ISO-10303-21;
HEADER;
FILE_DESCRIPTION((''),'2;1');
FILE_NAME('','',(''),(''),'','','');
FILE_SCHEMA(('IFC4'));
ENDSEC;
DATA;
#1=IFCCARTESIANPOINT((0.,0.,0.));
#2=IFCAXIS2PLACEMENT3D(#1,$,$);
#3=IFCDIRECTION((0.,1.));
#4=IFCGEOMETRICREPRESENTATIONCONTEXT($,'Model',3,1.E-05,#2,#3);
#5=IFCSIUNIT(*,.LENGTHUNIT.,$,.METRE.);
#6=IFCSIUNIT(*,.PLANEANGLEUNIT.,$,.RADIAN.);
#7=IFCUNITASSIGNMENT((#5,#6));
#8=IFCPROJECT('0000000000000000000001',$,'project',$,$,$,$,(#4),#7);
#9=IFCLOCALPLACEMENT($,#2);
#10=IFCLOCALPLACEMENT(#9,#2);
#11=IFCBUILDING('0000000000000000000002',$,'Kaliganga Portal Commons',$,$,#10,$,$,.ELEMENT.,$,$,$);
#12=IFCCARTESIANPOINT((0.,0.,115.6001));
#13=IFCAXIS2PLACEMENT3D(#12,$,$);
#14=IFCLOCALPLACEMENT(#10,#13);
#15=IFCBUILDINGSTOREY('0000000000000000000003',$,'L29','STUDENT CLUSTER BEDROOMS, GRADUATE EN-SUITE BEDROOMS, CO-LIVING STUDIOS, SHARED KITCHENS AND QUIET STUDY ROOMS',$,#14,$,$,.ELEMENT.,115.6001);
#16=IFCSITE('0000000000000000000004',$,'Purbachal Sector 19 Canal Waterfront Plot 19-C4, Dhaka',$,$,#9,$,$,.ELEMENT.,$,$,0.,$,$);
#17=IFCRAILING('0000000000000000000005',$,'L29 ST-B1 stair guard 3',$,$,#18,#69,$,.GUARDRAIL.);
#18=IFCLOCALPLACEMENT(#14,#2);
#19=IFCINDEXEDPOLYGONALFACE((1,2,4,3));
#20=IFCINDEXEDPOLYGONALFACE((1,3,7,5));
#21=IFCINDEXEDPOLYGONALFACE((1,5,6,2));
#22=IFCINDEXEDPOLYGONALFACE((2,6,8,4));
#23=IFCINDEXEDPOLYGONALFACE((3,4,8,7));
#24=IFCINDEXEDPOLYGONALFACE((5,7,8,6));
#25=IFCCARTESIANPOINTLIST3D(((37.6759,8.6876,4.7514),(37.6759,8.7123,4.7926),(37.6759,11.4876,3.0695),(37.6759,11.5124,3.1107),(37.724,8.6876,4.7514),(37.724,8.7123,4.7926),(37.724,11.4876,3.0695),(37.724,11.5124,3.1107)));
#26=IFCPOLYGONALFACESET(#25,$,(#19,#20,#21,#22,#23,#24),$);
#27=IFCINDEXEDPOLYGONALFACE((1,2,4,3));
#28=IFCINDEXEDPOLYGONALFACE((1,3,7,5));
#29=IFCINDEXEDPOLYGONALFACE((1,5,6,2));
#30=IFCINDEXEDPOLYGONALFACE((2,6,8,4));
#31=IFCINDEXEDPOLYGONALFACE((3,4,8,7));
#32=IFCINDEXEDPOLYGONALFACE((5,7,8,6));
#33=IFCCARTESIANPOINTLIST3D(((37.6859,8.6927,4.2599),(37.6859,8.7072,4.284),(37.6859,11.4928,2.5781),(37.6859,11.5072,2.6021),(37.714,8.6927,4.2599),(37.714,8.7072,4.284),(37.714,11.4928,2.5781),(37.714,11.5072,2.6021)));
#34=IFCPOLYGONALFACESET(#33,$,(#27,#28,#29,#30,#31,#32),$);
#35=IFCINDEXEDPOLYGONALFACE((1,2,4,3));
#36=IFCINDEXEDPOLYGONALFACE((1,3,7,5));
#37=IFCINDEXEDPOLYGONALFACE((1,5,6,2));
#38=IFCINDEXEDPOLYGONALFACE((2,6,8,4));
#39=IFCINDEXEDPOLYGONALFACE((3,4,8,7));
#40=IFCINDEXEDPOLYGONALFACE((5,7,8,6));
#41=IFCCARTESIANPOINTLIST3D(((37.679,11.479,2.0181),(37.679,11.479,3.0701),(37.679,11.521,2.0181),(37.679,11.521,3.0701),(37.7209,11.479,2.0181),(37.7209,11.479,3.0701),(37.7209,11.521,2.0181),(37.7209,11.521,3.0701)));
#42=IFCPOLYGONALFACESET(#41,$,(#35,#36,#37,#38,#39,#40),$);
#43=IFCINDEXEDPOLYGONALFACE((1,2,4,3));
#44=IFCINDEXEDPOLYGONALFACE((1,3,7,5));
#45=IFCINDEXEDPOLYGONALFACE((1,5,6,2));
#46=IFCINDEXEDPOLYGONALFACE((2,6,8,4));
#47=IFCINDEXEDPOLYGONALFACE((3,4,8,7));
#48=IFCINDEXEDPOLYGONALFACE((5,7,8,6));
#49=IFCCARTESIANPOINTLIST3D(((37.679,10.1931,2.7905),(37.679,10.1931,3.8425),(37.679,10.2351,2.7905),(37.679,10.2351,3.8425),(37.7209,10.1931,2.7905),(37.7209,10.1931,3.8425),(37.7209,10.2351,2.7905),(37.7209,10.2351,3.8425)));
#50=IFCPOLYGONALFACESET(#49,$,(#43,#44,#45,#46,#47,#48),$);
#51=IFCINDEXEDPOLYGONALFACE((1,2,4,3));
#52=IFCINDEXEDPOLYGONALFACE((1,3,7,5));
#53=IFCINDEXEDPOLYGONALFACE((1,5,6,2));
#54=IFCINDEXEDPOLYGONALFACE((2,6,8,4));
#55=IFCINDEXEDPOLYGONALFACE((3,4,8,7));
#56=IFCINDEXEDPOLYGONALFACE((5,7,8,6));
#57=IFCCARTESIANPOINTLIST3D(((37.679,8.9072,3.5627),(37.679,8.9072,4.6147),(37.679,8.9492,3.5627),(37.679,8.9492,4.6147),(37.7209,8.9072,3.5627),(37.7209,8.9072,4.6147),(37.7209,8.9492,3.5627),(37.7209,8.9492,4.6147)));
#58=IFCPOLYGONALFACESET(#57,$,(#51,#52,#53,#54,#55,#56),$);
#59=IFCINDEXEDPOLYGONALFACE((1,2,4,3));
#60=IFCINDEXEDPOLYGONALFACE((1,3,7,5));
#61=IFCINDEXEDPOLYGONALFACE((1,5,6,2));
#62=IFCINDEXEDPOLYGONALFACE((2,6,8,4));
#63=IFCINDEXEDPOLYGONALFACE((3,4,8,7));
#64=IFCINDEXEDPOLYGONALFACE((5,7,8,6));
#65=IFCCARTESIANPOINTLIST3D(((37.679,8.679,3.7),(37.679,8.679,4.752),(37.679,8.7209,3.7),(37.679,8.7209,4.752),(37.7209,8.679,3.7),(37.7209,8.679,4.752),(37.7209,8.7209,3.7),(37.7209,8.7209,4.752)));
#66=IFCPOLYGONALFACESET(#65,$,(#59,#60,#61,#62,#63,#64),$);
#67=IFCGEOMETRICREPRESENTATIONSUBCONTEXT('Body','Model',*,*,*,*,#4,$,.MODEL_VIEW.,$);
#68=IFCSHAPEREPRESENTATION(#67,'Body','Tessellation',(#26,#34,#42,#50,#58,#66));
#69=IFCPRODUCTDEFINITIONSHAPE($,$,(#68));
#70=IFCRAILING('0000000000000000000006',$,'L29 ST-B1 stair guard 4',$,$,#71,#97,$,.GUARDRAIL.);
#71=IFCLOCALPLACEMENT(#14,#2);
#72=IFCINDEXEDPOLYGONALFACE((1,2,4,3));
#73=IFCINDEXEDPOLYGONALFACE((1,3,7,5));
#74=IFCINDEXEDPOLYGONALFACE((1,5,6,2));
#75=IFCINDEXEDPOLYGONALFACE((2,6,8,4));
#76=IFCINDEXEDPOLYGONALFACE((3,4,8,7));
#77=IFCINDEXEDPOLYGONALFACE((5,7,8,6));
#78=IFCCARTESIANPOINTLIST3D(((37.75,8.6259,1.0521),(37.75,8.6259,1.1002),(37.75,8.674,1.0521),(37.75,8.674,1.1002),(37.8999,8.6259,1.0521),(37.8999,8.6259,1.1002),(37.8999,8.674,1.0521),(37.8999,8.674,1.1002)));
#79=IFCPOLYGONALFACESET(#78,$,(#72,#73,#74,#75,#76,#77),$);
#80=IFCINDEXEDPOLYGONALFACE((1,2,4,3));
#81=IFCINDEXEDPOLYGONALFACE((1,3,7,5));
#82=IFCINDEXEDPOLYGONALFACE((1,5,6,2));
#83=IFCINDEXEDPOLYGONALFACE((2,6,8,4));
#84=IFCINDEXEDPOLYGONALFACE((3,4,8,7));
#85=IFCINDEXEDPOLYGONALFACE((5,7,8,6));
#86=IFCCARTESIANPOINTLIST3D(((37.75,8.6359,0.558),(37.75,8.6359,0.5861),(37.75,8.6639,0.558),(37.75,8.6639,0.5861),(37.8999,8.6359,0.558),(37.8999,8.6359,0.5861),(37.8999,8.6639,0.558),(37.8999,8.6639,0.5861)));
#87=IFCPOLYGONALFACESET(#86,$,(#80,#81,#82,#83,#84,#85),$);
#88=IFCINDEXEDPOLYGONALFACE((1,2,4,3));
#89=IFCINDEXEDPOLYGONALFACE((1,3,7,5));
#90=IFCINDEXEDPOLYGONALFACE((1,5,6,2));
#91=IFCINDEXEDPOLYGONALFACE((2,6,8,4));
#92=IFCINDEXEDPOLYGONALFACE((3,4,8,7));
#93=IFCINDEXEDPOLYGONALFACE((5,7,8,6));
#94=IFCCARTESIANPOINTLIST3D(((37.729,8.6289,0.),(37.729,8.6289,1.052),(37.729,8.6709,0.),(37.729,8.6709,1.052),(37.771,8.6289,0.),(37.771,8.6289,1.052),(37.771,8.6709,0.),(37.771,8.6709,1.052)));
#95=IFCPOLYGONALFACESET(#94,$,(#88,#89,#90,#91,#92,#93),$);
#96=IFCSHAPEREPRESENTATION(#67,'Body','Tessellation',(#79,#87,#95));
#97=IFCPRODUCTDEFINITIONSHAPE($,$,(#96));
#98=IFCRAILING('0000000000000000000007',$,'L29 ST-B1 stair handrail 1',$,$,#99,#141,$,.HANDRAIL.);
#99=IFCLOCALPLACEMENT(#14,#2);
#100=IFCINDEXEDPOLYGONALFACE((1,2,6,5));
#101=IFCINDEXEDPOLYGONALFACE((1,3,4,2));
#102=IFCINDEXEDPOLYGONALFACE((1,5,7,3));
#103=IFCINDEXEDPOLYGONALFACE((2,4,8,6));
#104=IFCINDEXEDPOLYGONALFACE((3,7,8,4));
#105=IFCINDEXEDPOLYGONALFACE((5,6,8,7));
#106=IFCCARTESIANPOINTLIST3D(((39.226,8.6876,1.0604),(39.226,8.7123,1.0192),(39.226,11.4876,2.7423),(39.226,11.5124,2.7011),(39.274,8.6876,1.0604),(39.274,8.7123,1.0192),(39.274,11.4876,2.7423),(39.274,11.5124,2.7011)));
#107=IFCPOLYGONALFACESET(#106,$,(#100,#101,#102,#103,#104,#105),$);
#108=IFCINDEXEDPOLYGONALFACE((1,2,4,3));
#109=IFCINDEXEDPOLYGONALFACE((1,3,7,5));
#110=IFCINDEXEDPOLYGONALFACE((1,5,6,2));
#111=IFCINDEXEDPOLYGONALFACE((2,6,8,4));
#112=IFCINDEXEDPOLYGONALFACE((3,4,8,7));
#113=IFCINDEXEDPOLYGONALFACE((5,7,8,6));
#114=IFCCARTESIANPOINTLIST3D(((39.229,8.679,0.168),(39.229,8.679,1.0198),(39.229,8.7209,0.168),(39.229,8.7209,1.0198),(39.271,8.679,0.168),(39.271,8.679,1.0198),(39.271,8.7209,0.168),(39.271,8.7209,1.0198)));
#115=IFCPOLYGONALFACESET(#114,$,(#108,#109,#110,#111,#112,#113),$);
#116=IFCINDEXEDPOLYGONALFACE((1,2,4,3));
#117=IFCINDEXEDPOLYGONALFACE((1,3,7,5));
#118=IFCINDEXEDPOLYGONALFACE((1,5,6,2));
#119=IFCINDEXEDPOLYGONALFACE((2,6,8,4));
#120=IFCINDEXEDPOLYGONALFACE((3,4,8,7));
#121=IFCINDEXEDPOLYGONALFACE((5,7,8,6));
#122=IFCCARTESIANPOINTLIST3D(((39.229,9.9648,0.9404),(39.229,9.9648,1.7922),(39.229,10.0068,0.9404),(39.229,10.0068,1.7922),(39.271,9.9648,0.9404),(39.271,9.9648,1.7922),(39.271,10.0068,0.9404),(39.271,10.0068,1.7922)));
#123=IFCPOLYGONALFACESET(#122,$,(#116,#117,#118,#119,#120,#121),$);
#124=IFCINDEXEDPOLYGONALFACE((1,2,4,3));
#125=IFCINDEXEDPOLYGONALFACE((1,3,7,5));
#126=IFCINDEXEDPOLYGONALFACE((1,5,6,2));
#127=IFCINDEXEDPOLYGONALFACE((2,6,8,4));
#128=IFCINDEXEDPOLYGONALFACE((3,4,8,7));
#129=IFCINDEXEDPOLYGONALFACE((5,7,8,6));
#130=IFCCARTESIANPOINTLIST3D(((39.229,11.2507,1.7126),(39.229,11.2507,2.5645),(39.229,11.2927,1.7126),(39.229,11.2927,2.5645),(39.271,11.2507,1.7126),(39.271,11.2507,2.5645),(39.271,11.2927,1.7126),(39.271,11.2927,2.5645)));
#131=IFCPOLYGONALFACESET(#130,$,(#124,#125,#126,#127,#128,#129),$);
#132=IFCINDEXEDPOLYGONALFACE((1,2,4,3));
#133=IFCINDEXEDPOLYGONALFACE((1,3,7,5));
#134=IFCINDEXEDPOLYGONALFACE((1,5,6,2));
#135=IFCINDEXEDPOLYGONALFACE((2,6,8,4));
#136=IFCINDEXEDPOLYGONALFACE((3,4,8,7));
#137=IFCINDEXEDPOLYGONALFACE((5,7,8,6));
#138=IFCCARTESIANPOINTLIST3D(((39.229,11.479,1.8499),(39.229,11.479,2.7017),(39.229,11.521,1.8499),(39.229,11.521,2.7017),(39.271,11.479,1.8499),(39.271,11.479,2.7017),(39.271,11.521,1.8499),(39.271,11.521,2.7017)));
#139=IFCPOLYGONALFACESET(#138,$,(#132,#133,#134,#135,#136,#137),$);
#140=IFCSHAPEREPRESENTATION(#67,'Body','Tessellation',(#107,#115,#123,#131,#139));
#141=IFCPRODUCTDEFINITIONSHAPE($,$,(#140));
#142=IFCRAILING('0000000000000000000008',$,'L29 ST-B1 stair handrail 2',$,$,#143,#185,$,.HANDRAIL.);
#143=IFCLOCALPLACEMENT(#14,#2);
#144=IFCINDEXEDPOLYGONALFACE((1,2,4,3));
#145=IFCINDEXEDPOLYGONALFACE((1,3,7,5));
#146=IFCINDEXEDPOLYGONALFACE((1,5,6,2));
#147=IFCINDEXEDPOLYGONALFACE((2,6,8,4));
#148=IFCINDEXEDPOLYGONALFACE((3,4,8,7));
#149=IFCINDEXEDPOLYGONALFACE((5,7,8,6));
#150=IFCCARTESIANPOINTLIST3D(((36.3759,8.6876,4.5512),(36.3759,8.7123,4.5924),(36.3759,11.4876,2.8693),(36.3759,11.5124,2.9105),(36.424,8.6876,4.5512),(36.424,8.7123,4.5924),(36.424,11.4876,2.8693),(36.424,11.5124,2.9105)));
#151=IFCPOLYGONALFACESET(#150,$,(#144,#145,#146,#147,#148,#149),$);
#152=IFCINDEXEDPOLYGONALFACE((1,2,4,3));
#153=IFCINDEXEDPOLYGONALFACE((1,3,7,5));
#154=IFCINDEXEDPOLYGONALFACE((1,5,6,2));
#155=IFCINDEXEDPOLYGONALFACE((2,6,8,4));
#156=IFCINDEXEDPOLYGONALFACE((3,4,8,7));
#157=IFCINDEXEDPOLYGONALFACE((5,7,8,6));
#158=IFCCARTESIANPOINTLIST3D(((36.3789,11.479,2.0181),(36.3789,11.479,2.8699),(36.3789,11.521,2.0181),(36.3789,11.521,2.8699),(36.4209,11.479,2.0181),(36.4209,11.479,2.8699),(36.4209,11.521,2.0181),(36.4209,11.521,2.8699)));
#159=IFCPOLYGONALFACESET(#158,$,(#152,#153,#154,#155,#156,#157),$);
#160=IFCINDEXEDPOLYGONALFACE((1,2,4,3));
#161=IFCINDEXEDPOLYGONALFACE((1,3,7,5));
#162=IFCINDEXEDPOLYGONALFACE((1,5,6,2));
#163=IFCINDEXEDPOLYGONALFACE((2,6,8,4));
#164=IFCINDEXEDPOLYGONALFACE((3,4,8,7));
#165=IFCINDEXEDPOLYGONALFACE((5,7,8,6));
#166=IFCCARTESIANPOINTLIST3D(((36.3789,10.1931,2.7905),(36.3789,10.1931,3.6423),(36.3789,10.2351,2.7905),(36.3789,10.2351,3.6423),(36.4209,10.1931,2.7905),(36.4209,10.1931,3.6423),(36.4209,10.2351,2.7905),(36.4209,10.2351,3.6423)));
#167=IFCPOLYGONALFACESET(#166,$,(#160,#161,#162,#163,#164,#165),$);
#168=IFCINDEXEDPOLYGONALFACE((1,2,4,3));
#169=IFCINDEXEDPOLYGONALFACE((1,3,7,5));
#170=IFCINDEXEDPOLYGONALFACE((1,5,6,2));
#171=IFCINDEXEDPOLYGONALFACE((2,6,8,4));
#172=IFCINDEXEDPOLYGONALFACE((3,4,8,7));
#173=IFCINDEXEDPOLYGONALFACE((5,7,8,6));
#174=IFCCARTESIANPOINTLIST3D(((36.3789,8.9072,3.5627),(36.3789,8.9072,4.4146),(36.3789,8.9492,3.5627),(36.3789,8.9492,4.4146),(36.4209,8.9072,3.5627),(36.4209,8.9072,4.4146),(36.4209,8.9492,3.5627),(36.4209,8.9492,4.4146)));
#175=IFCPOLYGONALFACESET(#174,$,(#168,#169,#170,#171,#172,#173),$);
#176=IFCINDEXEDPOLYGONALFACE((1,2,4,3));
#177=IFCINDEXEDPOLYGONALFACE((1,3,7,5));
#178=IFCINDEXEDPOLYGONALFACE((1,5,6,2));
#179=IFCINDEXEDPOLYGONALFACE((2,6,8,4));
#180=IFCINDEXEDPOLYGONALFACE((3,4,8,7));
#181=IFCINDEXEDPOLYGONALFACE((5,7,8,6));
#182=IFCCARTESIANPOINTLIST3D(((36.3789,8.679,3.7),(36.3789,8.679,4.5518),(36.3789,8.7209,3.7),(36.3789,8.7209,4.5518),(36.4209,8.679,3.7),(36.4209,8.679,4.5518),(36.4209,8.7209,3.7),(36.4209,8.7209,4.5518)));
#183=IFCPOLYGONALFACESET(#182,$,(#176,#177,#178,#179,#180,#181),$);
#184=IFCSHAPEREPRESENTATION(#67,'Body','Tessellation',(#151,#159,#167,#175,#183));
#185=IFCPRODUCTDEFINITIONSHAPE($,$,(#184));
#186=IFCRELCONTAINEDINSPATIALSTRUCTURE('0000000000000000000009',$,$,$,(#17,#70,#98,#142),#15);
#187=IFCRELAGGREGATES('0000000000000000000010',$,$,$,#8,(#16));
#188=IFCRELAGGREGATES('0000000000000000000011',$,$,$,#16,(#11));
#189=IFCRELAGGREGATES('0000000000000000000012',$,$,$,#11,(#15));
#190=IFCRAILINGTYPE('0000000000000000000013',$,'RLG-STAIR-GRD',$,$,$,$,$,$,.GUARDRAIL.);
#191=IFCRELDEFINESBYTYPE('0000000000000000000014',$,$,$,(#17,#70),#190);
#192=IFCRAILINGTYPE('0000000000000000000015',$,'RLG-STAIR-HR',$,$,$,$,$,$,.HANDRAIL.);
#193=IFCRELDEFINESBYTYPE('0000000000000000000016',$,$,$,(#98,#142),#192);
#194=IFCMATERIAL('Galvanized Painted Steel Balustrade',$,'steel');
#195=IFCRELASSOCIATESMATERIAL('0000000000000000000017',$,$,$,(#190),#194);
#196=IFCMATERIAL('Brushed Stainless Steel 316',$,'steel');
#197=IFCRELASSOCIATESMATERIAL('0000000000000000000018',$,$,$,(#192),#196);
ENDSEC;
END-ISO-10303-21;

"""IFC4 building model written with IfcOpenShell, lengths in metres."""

from ifc_helpers import new_model, si_unit, direction, frame, origin, origin_2d, place, context, subcontext, project, spatial, rectangle, extrude, material, type_object, element, save


model = new_model("IFC4")

# Units and contexts
model_context = context("Model", 3, precision=1e-05, world=origin(), true_north=direction((0.0, 1.0)))
body_context = subcontext(model_context, "Body", "Model", "MODEL_VIEW")
ifc_project = project(units=[si_unit("LENGTHUNIT", "METRE"), si_unit("PLANEANGLEUNIT", "RADIAN")], contexts=[model_context])

# Site, building, storey
site_placement = place(None, origin())
site = spatial("IfcSite", under=ifc_project, at=site_placement, Name="Purbachal Sector 19 Canal Waterfront Plot 19-C4, Dhaka", CompositionType="ELEMENT", RefElevation=0.0)
building_placement = place(site_placement, origin())
building = spatial("IfcBuilding", under=site, at=building_placement, Name="Kaliganga Portal Commons", CompositionType="ELEMENT")
storey_placement = place(building_placement, frame((0.0, 0.0, 115.6001)))
storey = spatial("IfcBuildingStorey", under=building, at=storey_placement, Name="L29", Description="STUDENT CLUSTER BEDROOMS, GRADUATE EN-SUITE BEDROOMS, CO-LIVING STUDIOS, SHARED KITCHENS AND QUIET STUDY ROOMS", CompositionType="ELEMENT", Elevation=115.6001)

# Railings
ifc_material_1 = material(Name="Galvanized Painted Steel Balustrade", Category="steel")
railing_type_1 = type_object("IfcRailingType", Name="RLG-STAIR-GRD", PredefinedType="GUARDRAIL", material=ifc_material_1)
railing_1_placement = place(storey_placement, frame((37.7, 11.5, 2.0181)))
element("IfcRailing", 1, at=railing_1_placement, inside=storey, type_object=railing_type_1, Name="L29 ST-B1 stair guard 3", PredefinedType="GUARDRAIL", context=body_context, shape_type="SweptSolid", body=[
    extrude(rectangle(XDim=0.0481, YDim=0.0481, at=origin_2d()), frame((0.0, 0.0, 1.072), z_axis=(0.0, -0.857242, 0.514913), x_axis=(1.0, 0.0, 0.0)), (0.0, 0.0, 1.0), 3.2664),
    extrude(rectangle(XDim=0.0281, YDim=0.0281, at=origin_2d()), frame((0.0, 0.0, 0.572), z_axis=(0.0, -0.857242, 0.514913), x_axis=(1.0, 0.0, 0.0)), (0.0, 0.0, 1.0), 3.2664),
    extrude(rectangle(XDim=0.042, YDim=0.042, at=origin_2d()), origin(), (0.0, 0.0, 1.0), 1.052),
    extrude(rectangle(XDim=0.042, YDim=0.042, at=origin_2d()), frame((0.0, -1.2859, 0.7725)), (0.0, 0.0, 1.0), 1.052),
    extrude(rectangle(XDim=0.042, YDim=0.042, at=origin_2d()), frame((0.0, -2.5718, 1.5447)), (0.0, 0.0, 1.0), 1.052),
    extrude(rectangle(XDim=0.042, YDim=0.042, at=origin_2d()), frame((0.0, -2.8, 1.6819)), (0.0, 0.0, 1.0), 1.052),
])
railing_2_placement = place(storey_placement, frame((37.8999, 8.6499, 0.0)))
element("IfcRailing", 2, at=railing_2_placement, inside=storey, type_object=railing_type_1, Name="L29 ST-B1 stair guard 4", PredefinedType="GUARDRAIL", context=body_context, shape_type="SweptSolid", body=[
    extrude(rectangle(XDim=0.0481, YDim=0.0481, at=origin_2d()), frame((0.0, 0.0, 1.0762), z_axis=(-1.0, 0.0, 0.0), x_axis=(0.0, -1.0, 0.0)), (0.0, 0.0, 1.0), 0.1499),
    extrude(rectangle(XDim=0.0281, YDim=0.0281, at=origin_2d()), frame((0.0, 0.0, 0.572), z_axis=(-1.0, 0.0, 0.0), x_axis=(0.0, -1.0, 0.0)), (0.0, 0.0, 1.0), 0.1499),
    extrude(rectangle(XDim=0.042, YDim=0.042, at=origin_2d()), frame((-0.1499, 0.0, 0.0)), (0.0, 0.0, 1.0), 1.052),
])
ifc_material_2 = material(Name="Brushed Stainless Steel 316", Category="steel")
railing_type_2 = type_object("IfcRailingType", Name="RLG-STAIR-HR", PredefinedType="HANDRAIL", material=ifc_material_2)
railing_3_placement = place(storey_placement, frame((39.25, 8.7, 0.168)))
element("IfcRailing", 3, at=railing_3_placement, inside=storey, type_object=railing_type_2, Name="L29 ST-B1 stair handrail 1", PredefinedType="HANDRAIL", context=body_context, shape_type="SweptSolid", body=[
    extrude(rectangle(XDim=0.0481, YDim=0.0481, at=origin_2d()), frame((0.0, 0.0, 0.8718), z_axis=(0.0, 0.857242, 0.514913), x_axis=(-1.0, 0.0, 0.0)), (0.0, 0.0, 1.0), 3.2664),
    extrude(rectangle(XDim=0.042, YDim=0.042, at=origin_2d()), origin(), (0.0, 0.0, 1.0), 0.8518),
    extrude(rectangle(XDim=0.042, YDim=0.042, at=origin_2d()), frame((0.0, 1.2859, 0.7725)), (0.0, 0.0, 1.0), 0.8518),
    extrude(rectangle(XDim=0.042, YDim=0.042, at=origin_2d()), frame((0.0, 2.5718, 1.5447)), (0.0, 0.0, 1.0), 0.8518),
    extrude(rectangle(XDim=0.042, YDim=0.042, at=origin_2d()), frame((0.0, 2.8, 1.6819)), (0.0, 0.0, 1.0), 0.8518),
])
railing_4_placement = place(storey_placement, frame((36.3999, 11.5, 2.0181)))
element("IfcRailing", 4, at=railing_4_placement, inside=storey, type_object=railing_type_2, Name="L29 ST-B1 stair handrail 2", PredefinedType="HANDRAIL", context=body_context, shape_type="SweptSolid", body=[
    extrude(rectangle(XDim=0.0481, YDim=0.0481, at=origin_2d()), frame((0.0, 0.0, 0.8718), z_axis=(0.0, -0.857242, 0.514913), x_axis=(1.0, 0.0, 0.0)), (0.0, 0.0, 1.0), 3.2664),
    extrude(rectangle(XDim=0.042, YDim=0.042, at=origin_2d()), origin(), (0.0, 0.0, 1.0), 0.8518),
    extrude(rectangle(XDim=0.042, YDim=0.042, at=origin_2d()), frame((0.0, -1.2859, 0.7725)), (0.0, 0.0, 1.0), 0.8518),
    extrude(rectangle(XDim=0.042, YDim=0.042, at=origin_2d()), frame((0.0, -2.5718, 1.5447)), (0.0, 0.0, 1.0), 0.8518),
    extrude(rectangle(XDim=0.042, YDim=0.042, at=origin_2d()), frame((0.0, -2.8, 1.6819)), (0.0, 0.0, 1.0), 0.8518),
])

save(model, "model.ifc")
